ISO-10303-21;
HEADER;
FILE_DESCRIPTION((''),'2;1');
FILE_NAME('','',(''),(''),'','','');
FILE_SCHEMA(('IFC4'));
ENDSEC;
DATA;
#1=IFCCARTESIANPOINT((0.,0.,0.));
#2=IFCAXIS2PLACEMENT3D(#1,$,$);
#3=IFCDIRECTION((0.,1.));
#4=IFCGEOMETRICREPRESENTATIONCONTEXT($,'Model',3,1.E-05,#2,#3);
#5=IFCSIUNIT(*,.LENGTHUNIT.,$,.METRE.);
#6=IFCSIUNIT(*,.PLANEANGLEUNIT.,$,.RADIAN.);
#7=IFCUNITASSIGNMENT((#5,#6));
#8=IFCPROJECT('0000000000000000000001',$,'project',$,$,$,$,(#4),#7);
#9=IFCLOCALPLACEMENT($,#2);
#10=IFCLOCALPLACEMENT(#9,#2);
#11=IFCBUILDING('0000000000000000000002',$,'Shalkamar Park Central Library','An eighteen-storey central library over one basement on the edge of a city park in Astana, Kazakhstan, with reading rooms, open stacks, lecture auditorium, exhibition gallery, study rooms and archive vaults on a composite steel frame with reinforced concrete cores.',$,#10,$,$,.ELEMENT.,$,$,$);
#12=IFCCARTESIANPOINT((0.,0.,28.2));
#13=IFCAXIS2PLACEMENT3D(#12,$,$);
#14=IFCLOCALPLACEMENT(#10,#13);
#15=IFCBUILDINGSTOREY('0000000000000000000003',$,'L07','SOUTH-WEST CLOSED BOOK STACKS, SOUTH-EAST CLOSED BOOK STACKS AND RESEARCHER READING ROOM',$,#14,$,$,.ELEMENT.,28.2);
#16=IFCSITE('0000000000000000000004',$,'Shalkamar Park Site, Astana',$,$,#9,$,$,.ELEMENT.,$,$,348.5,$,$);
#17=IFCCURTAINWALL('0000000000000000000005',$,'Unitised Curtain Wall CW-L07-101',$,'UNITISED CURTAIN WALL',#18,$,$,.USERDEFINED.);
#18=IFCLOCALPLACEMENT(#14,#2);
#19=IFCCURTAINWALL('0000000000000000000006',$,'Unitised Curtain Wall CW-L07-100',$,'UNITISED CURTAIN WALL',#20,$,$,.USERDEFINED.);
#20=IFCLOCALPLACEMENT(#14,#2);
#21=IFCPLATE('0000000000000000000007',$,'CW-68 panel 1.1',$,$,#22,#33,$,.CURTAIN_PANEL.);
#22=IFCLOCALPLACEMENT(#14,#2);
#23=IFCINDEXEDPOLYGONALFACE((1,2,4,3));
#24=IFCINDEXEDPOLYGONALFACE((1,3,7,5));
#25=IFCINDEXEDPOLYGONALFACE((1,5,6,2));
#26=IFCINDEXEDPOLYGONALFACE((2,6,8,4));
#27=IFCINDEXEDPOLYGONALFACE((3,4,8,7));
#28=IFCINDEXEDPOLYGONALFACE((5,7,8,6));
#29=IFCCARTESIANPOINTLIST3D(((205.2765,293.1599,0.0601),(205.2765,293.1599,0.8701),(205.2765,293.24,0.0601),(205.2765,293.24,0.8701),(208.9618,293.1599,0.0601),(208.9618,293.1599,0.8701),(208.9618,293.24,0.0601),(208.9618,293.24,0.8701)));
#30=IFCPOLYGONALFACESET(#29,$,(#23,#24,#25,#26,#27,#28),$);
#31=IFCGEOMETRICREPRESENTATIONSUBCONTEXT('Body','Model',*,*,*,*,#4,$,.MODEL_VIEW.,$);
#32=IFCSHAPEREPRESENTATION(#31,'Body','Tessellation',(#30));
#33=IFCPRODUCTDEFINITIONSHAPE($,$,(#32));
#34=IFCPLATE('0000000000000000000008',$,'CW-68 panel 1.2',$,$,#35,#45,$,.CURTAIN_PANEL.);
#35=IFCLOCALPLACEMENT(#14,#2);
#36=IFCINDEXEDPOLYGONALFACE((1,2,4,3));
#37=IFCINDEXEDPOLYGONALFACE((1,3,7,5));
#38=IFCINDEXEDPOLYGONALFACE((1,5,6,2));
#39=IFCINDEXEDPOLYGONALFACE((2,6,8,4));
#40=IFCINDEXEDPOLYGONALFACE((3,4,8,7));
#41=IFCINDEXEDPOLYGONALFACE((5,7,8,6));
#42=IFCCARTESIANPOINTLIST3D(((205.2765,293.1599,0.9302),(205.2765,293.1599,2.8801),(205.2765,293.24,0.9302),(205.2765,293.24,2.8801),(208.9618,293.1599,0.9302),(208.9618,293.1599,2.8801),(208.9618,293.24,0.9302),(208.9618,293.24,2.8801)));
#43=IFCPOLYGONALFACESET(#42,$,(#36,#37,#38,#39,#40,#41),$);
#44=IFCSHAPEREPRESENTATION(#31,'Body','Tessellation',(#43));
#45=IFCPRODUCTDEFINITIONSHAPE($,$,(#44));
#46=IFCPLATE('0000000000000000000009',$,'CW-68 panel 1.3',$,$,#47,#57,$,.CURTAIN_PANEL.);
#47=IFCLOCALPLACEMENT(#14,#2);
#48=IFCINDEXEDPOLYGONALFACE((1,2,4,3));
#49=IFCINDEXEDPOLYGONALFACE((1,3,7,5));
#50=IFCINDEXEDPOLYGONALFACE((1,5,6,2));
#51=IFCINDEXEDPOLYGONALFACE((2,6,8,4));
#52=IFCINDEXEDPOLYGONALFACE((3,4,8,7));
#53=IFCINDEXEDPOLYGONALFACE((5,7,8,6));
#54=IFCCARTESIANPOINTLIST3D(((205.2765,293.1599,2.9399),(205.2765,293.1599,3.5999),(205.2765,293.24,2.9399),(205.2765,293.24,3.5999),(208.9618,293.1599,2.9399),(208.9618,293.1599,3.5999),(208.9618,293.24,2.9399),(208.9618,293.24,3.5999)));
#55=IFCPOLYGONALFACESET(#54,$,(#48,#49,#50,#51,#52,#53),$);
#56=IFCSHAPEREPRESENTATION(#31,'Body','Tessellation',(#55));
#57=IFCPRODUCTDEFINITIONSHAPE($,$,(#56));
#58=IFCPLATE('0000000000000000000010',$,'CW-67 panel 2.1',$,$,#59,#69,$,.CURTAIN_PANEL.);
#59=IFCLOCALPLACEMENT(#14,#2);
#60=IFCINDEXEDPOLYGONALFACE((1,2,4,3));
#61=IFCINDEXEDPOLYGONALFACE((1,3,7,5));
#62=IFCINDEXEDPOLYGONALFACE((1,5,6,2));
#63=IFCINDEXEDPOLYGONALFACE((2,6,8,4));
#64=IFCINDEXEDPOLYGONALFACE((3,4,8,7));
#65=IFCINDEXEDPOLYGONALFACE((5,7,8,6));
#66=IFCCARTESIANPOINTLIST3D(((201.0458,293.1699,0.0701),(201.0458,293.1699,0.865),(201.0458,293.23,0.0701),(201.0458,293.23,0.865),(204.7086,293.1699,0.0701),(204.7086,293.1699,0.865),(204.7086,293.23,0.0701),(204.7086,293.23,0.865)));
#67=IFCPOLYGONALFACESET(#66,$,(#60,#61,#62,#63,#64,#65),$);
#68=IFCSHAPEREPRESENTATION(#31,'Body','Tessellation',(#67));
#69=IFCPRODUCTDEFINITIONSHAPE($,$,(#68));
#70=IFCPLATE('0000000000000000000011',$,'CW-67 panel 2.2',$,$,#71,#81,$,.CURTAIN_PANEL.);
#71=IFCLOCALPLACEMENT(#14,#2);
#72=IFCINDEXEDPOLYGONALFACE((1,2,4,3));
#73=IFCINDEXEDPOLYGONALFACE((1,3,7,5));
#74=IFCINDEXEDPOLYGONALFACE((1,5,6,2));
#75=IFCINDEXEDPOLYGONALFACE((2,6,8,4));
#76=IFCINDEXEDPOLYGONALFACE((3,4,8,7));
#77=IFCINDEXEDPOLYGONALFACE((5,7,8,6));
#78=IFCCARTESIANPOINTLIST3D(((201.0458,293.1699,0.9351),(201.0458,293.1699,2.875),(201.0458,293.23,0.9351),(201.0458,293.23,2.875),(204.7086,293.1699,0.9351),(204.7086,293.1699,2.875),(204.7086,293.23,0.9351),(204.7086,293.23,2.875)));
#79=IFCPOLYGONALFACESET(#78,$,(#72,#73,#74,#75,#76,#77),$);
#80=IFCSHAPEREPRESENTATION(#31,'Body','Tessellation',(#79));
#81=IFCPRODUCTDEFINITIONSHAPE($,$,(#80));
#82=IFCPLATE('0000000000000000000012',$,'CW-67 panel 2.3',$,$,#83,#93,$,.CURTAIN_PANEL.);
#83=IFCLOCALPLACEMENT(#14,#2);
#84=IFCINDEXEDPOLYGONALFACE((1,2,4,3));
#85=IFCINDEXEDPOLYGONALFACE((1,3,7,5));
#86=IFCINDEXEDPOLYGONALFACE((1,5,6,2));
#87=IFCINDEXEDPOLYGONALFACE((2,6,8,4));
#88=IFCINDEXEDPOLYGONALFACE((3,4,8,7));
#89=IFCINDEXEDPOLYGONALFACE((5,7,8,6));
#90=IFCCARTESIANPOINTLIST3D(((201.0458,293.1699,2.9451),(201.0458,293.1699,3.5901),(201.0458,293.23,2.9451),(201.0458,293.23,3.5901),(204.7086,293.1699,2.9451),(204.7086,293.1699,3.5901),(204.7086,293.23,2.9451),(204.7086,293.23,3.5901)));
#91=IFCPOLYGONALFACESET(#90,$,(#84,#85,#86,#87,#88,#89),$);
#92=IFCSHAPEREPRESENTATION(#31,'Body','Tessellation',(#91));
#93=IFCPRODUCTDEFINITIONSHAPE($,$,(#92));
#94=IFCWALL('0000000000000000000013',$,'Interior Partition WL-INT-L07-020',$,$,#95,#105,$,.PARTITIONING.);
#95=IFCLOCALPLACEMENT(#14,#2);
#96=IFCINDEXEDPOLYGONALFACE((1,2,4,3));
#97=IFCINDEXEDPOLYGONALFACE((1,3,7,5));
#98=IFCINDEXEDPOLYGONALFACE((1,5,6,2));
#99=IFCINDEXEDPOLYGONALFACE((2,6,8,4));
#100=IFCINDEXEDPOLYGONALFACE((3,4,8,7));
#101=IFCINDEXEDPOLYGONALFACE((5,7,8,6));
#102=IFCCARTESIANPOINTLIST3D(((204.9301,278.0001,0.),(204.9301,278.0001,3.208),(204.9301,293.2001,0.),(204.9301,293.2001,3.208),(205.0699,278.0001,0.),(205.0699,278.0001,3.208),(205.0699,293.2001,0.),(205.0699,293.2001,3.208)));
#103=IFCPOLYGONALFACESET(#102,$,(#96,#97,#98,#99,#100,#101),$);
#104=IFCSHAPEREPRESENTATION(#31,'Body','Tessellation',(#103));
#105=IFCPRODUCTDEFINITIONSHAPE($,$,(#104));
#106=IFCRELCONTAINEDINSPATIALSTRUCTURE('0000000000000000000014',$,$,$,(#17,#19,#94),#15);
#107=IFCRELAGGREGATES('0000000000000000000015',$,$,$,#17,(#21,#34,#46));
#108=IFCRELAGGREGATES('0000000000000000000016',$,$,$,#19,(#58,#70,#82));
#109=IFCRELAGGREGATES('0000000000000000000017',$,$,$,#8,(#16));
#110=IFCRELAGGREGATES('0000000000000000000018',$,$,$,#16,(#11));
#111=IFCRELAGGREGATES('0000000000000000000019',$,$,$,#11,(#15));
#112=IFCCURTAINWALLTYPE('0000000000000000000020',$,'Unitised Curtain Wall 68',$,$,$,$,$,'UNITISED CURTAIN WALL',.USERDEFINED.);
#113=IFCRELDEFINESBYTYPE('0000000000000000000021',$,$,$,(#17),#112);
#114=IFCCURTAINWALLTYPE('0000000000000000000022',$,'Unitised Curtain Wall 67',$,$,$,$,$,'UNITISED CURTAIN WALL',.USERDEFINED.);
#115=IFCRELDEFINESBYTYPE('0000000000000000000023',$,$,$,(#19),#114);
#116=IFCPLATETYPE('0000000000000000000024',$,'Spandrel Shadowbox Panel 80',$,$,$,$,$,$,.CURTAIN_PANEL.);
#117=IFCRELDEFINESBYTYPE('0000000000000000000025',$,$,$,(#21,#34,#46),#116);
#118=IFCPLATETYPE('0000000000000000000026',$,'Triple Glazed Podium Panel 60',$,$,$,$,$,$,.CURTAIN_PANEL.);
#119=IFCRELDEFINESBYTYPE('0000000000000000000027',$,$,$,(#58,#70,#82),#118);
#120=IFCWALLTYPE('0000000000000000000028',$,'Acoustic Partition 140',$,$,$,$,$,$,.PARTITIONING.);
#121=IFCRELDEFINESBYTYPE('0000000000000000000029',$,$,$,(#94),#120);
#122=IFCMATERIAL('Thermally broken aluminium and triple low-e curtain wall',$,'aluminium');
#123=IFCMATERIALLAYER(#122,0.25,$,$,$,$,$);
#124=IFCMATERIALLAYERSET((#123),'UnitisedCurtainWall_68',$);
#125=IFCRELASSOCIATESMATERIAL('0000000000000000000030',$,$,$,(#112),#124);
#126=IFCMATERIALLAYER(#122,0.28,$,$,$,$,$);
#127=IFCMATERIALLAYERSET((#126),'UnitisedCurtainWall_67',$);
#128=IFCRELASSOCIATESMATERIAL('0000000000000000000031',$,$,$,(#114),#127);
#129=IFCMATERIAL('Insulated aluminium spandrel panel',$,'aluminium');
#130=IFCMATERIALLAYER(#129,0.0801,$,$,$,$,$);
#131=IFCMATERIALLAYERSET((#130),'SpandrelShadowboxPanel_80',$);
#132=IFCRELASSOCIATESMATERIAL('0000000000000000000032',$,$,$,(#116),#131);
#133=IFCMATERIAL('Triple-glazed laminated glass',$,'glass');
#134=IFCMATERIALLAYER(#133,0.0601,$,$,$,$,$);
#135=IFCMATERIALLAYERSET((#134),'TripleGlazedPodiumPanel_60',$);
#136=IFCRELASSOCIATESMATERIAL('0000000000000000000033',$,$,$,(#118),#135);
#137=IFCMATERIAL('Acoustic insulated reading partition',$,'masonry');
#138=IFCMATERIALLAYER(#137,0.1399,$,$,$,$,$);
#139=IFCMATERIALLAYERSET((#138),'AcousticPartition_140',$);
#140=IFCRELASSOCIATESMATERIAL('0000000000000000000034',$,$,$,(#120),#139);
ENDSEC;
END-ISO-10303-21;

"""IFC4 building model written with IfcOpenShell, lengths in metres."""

from ifc_helpers import new_model, si_unit, direction, frame, frame_2d, origin, origin_2d, place, context, subcontext, project, spatial, rectangle, extrude, material, layer, layer_set, type_object, element, aggregate, save


model = new_model("IFC4")

# Units and contexts
model_context = context("Model", 3, precision=1e-05, world=origin(), true_north=direction((0.0, 1.0)))
body_context = subcontext(model_context, "Body", "Model", "MODEL_VIEW")
ifc_project = project(units=[si_unit("LENGTHUNIT", "METRE"), si_unit("PLANEANGLEUNIT", "RADIAN")], contexts=[model_context])

# Site, building, storey
site_placement = place(None, origin())
site = spatial("IfcSite", under=ifc_project, at=site_placement, Name="Shalkamar Park Site, Astana", CompositionType="ELEMENT", RefElevation=348.5)
building_placement = place(site_placement, origin())
building = spatial("IfcBuilding", under=site, at=building_placement, Name="Shalkamar Park Central Library", Description="An eighteen-storey central library over one basement on the edge of a city park in Astana, Kazakhstan, with reading rooms, open stacks, lecture auditorium, exhibition gallery, study rooms and archive vaults on a composite steel frame with reinforced concrete cores.", CompositionType="ELEMENT")
storey_placement = place(building_placement, frame((0.0, 0.0, 28.2)))
storey = spatial("IfcBuildingStorey", under=building, at=storey_placement, Name="L07", Description="SOUTH-WEST CLOSED BOOK STACKS, SOUTH-EAST CLOSED BOOK STACKS AND RESEARCHER READING ROOM", CompositionType="ELEMENT", Elevation=28.2)

# Curtain wall
ifc_material_1 = material(Name="Thermally broken aluminium and triple low-e curtain wall", Category="aluminium")
ifc_layer_1 = layer(ifc_material_1, 0.25)
ifc_layer_set_1 = layer_set([ifc_layer_1], Name="UnitisedCurtainWall_68")
curtain_wall_type_1 = type_object("IfcCurtainWallType", Name="Unitised Curtain Wall 68", ElementType="UNITISED CURTAIN WALL", PredefinedType="USERDEFINED", material=ifc_layer_set_1)
curtain_wall_1_placement = place(storey_placement, origin())
curtain_wall_1 = element("IfcCurtainWall", 1, at=curtain_wall_1_placement, inside=storey, type_object=curtain_wall_type_1, Name="Unitised Curtain Wall CW-L07-101", ObjectType="UNITISED CURTAIN WALL", PredefinedType="USERDEFINED")

# Curtain wall
ifc_layer_2 = layer(ifc_material_1, 0.28)
ifc_layer_set_2 = layer_set([ifc_layer_2], Name="UnitisedCurtainWall_67")
curtain_wall_type_2 = type_object("IfcCurtainWallType", Name="Unitised Curtain Wall 67", ElementType="UNITISED CURTAIN WALL", PredefinedType="USERDEFINED", material=ifc_layer_set_2)
curtain_wall_2_placement = place(storey_placement, origin())
curtain_wall_2 = element("IfcCurtainWall", 2, at=curtain_wall_2_placement, inside=storey, type_object=curtain_wall_type_2, Name="Unitised Curtain Wall CW-L07-100", ObjectType="UNITISED CURTAIN WALL", PredefinedType="USERDEFINED")

# Plates
ifc_material_2 = material(Name="Insulated aluminium spandrel panel", Category="aluminium")
ifc_layer_3 = layer(ifc_material_2, 0.0801)
ifc_layer_set_3 = layer_set([ifc_layer_3], Name="SpandrelShadowboxPanel_80")
plate_type_1 = type_object("IfcPlateType", Name="Spandrel Shadowbox Panel 80", PredefinedType="CURTAIN_PANEL", material=ifc_layer_set_3)
plate_1_placement = place(storey_placement, frame((207.1191, 293.2, 0.0601), z_axis=(0.0, 0.0, 1.0), x_axis=(1.0, 0.0, 0.0)))
plate_1 = element("IfcPlate", 3, at=plate_1_placement, type_object=plate_type_1, Name="CW-68 panel 1.1", PredefinedType="CURTAIN_PANEL", context=body_context, shape_type="SweptSolid", body=[
    extrude(rectangle(XDim=3.6853, YDim=0.0801, at=origin_2d()), origin(), (0.0, 0.0, 1.0), 0.8101),
])
plate_2_placement = place(storey_placement, frame((207.1191, 293.2, 0.9302), z_axis=(0.0, 0.0, 1.0), x_axis=(1.0, 0.0, 0.0)))
plate_2 = element("IfcPlate", 4, at=plate_2_placement, type_object=plate_type_1, Name="CW-68 panel 1.2", PredefinedType="CURTAIN_PANEL", context=body_context, shape_type="SweptSolid", body=[
    extrude(rectangle(XDim=3.6853, YDim=0.0801, at=origin_2d()), origin(), (0.0, 0.0, 1.0), 1.95),
])
plate_3_placement = place(storey_placement, frame((207.1191, 293.2, 2.9399), z_axis=(0.0, 0.0, 1.0), x_axis=(1.0, 0.0, 0.0)))
plate_3 = element("IfcPlate", 5, at=plate_3_placement, type_object=plate_type_1, Name="CW-68 panel 1.3", PredefinedType="CURTAIN_PANEL", context=body_context, shape_type="SweptSolid", body=[
    extrude(rectangle(XDim=3.6853, YDim=0.0801, at=origin_2d()), origin(), (0.0, 0.0, 1.0), 0.6599),
])
aggregate(curtain_wall_1, [plate_1, plate_2, plate_3])
ifc_material_3 = material(Name="Triple-glazed laminated glass", Category="glass")
ifc_layer_4 = layer(ifc_material_3, 0.0601)
ifc_layer_set_4 = layer_set([ifc_layer_4], Name="TripleGlazedPodiumPanel_60")
plate_type_2 = type_object("IfcPlateType", Name="Triple Glazed Podium Panel 60", PredefinedType="CURTAIN_PANEL", material=ifc_layer_set_4)
plate_4_placement = place(storey_placement, frame((202.8772, 293.2, 0.0701), z_axis=(0.0, 0.0, 1.0), x_axis=(1.0, 0.0, 0.0)))
plate_4 = element("IfcPlate", 6, at=plate_4_placement, type_object=plate_type_2, Name="CW-67 panel 2.1", PredefinedType="CURTAIN_PANEL", context=body_context, shape_type="SweptSolid", body=[
    extrude(rectangle(XDim=3.6628, YDim=0.0601, at=origin_2d()), origin(), (0.0, 0.0, 1.0), 0.7949),
])
plate_5_placement = place(storey_placement, frame((202.8772, 293.2, 0.9351), z_axis=(0.0, 0.0, 1.0), x_axis=(1.0, 0.0, 0.0)))
plate_5 = element("IfcPlate", 7, at=plate_5_placement, type_object=plate_type_2, Name="CW-67 panel 2.2", PredefinedType="CURTAIN_PANEL", context=body_context, shape_type="SweptSolid", body=[
    extrude(rectangle(XDim=3.6628, YDim=0.0601, at=origin_2d()), origin(), (0.0, 0.0, 1.0), 1.9399),
])
plate_6_placement = place(storey_placement, frame((202.8772, 293.2, 2.9451), z_axis=(0.0, 0.0, 1.0), x_axis=(1.0, 0.0, 0.0)))
plate_6 = element("IfcPlate", 8, at=plate_6_placement, type_object=plate_type_2, Name="CW-67 panel 2.3", PredefinedType="CURTAIN_PANEL", context=body_context, shape_type="SweptSolid", body=[
    extrude(rectangle(XDim=3.6628, YDim=0.0601, at=origin_2d()), origin(), (0.0, 0.0, 1.0), 0.645),
])
aggregate(curtain_wall_2, [plate_4, plate_5, plate_6])

# Wall
ifc_material_4 = material(Name="Acoustic insulated reading partition", Category="masonry")
ifc_layer_5 = layer(ifc_material_4, 0.1399)
ifc_layer_set_5 = layer_set([ifc_layer_5], Name="AcousticPartition_140")
wall_type = type_object("IfcWallType", Name="Acoustic Partition 140", PredefinedType="PARTITIONING", material=ifc_layer_set_5)
wall_placement = place(storey_placement, frame((205.0, 278.0, 0.0), z_axis=(0.0, 0.0, 1.0), x_axis=(0.0, 1.0, 0.0)))
element("IfcWall", 9, at=wall_placement, inside=storey, type_object=wall_type, Name="Interior Partition WL-INT-L07-020", PredefinedType="PARTITIONING", context=body_context, shape_type="SweptSolid", body=[
    extrude(rectangle(XDim=15.2, YDim=0.1399, at=frame_2d((7.6001, 0.0))), origin(), (0.0, 0.0, 1.0), 3.208),
])

save(model, "model.ifc")
